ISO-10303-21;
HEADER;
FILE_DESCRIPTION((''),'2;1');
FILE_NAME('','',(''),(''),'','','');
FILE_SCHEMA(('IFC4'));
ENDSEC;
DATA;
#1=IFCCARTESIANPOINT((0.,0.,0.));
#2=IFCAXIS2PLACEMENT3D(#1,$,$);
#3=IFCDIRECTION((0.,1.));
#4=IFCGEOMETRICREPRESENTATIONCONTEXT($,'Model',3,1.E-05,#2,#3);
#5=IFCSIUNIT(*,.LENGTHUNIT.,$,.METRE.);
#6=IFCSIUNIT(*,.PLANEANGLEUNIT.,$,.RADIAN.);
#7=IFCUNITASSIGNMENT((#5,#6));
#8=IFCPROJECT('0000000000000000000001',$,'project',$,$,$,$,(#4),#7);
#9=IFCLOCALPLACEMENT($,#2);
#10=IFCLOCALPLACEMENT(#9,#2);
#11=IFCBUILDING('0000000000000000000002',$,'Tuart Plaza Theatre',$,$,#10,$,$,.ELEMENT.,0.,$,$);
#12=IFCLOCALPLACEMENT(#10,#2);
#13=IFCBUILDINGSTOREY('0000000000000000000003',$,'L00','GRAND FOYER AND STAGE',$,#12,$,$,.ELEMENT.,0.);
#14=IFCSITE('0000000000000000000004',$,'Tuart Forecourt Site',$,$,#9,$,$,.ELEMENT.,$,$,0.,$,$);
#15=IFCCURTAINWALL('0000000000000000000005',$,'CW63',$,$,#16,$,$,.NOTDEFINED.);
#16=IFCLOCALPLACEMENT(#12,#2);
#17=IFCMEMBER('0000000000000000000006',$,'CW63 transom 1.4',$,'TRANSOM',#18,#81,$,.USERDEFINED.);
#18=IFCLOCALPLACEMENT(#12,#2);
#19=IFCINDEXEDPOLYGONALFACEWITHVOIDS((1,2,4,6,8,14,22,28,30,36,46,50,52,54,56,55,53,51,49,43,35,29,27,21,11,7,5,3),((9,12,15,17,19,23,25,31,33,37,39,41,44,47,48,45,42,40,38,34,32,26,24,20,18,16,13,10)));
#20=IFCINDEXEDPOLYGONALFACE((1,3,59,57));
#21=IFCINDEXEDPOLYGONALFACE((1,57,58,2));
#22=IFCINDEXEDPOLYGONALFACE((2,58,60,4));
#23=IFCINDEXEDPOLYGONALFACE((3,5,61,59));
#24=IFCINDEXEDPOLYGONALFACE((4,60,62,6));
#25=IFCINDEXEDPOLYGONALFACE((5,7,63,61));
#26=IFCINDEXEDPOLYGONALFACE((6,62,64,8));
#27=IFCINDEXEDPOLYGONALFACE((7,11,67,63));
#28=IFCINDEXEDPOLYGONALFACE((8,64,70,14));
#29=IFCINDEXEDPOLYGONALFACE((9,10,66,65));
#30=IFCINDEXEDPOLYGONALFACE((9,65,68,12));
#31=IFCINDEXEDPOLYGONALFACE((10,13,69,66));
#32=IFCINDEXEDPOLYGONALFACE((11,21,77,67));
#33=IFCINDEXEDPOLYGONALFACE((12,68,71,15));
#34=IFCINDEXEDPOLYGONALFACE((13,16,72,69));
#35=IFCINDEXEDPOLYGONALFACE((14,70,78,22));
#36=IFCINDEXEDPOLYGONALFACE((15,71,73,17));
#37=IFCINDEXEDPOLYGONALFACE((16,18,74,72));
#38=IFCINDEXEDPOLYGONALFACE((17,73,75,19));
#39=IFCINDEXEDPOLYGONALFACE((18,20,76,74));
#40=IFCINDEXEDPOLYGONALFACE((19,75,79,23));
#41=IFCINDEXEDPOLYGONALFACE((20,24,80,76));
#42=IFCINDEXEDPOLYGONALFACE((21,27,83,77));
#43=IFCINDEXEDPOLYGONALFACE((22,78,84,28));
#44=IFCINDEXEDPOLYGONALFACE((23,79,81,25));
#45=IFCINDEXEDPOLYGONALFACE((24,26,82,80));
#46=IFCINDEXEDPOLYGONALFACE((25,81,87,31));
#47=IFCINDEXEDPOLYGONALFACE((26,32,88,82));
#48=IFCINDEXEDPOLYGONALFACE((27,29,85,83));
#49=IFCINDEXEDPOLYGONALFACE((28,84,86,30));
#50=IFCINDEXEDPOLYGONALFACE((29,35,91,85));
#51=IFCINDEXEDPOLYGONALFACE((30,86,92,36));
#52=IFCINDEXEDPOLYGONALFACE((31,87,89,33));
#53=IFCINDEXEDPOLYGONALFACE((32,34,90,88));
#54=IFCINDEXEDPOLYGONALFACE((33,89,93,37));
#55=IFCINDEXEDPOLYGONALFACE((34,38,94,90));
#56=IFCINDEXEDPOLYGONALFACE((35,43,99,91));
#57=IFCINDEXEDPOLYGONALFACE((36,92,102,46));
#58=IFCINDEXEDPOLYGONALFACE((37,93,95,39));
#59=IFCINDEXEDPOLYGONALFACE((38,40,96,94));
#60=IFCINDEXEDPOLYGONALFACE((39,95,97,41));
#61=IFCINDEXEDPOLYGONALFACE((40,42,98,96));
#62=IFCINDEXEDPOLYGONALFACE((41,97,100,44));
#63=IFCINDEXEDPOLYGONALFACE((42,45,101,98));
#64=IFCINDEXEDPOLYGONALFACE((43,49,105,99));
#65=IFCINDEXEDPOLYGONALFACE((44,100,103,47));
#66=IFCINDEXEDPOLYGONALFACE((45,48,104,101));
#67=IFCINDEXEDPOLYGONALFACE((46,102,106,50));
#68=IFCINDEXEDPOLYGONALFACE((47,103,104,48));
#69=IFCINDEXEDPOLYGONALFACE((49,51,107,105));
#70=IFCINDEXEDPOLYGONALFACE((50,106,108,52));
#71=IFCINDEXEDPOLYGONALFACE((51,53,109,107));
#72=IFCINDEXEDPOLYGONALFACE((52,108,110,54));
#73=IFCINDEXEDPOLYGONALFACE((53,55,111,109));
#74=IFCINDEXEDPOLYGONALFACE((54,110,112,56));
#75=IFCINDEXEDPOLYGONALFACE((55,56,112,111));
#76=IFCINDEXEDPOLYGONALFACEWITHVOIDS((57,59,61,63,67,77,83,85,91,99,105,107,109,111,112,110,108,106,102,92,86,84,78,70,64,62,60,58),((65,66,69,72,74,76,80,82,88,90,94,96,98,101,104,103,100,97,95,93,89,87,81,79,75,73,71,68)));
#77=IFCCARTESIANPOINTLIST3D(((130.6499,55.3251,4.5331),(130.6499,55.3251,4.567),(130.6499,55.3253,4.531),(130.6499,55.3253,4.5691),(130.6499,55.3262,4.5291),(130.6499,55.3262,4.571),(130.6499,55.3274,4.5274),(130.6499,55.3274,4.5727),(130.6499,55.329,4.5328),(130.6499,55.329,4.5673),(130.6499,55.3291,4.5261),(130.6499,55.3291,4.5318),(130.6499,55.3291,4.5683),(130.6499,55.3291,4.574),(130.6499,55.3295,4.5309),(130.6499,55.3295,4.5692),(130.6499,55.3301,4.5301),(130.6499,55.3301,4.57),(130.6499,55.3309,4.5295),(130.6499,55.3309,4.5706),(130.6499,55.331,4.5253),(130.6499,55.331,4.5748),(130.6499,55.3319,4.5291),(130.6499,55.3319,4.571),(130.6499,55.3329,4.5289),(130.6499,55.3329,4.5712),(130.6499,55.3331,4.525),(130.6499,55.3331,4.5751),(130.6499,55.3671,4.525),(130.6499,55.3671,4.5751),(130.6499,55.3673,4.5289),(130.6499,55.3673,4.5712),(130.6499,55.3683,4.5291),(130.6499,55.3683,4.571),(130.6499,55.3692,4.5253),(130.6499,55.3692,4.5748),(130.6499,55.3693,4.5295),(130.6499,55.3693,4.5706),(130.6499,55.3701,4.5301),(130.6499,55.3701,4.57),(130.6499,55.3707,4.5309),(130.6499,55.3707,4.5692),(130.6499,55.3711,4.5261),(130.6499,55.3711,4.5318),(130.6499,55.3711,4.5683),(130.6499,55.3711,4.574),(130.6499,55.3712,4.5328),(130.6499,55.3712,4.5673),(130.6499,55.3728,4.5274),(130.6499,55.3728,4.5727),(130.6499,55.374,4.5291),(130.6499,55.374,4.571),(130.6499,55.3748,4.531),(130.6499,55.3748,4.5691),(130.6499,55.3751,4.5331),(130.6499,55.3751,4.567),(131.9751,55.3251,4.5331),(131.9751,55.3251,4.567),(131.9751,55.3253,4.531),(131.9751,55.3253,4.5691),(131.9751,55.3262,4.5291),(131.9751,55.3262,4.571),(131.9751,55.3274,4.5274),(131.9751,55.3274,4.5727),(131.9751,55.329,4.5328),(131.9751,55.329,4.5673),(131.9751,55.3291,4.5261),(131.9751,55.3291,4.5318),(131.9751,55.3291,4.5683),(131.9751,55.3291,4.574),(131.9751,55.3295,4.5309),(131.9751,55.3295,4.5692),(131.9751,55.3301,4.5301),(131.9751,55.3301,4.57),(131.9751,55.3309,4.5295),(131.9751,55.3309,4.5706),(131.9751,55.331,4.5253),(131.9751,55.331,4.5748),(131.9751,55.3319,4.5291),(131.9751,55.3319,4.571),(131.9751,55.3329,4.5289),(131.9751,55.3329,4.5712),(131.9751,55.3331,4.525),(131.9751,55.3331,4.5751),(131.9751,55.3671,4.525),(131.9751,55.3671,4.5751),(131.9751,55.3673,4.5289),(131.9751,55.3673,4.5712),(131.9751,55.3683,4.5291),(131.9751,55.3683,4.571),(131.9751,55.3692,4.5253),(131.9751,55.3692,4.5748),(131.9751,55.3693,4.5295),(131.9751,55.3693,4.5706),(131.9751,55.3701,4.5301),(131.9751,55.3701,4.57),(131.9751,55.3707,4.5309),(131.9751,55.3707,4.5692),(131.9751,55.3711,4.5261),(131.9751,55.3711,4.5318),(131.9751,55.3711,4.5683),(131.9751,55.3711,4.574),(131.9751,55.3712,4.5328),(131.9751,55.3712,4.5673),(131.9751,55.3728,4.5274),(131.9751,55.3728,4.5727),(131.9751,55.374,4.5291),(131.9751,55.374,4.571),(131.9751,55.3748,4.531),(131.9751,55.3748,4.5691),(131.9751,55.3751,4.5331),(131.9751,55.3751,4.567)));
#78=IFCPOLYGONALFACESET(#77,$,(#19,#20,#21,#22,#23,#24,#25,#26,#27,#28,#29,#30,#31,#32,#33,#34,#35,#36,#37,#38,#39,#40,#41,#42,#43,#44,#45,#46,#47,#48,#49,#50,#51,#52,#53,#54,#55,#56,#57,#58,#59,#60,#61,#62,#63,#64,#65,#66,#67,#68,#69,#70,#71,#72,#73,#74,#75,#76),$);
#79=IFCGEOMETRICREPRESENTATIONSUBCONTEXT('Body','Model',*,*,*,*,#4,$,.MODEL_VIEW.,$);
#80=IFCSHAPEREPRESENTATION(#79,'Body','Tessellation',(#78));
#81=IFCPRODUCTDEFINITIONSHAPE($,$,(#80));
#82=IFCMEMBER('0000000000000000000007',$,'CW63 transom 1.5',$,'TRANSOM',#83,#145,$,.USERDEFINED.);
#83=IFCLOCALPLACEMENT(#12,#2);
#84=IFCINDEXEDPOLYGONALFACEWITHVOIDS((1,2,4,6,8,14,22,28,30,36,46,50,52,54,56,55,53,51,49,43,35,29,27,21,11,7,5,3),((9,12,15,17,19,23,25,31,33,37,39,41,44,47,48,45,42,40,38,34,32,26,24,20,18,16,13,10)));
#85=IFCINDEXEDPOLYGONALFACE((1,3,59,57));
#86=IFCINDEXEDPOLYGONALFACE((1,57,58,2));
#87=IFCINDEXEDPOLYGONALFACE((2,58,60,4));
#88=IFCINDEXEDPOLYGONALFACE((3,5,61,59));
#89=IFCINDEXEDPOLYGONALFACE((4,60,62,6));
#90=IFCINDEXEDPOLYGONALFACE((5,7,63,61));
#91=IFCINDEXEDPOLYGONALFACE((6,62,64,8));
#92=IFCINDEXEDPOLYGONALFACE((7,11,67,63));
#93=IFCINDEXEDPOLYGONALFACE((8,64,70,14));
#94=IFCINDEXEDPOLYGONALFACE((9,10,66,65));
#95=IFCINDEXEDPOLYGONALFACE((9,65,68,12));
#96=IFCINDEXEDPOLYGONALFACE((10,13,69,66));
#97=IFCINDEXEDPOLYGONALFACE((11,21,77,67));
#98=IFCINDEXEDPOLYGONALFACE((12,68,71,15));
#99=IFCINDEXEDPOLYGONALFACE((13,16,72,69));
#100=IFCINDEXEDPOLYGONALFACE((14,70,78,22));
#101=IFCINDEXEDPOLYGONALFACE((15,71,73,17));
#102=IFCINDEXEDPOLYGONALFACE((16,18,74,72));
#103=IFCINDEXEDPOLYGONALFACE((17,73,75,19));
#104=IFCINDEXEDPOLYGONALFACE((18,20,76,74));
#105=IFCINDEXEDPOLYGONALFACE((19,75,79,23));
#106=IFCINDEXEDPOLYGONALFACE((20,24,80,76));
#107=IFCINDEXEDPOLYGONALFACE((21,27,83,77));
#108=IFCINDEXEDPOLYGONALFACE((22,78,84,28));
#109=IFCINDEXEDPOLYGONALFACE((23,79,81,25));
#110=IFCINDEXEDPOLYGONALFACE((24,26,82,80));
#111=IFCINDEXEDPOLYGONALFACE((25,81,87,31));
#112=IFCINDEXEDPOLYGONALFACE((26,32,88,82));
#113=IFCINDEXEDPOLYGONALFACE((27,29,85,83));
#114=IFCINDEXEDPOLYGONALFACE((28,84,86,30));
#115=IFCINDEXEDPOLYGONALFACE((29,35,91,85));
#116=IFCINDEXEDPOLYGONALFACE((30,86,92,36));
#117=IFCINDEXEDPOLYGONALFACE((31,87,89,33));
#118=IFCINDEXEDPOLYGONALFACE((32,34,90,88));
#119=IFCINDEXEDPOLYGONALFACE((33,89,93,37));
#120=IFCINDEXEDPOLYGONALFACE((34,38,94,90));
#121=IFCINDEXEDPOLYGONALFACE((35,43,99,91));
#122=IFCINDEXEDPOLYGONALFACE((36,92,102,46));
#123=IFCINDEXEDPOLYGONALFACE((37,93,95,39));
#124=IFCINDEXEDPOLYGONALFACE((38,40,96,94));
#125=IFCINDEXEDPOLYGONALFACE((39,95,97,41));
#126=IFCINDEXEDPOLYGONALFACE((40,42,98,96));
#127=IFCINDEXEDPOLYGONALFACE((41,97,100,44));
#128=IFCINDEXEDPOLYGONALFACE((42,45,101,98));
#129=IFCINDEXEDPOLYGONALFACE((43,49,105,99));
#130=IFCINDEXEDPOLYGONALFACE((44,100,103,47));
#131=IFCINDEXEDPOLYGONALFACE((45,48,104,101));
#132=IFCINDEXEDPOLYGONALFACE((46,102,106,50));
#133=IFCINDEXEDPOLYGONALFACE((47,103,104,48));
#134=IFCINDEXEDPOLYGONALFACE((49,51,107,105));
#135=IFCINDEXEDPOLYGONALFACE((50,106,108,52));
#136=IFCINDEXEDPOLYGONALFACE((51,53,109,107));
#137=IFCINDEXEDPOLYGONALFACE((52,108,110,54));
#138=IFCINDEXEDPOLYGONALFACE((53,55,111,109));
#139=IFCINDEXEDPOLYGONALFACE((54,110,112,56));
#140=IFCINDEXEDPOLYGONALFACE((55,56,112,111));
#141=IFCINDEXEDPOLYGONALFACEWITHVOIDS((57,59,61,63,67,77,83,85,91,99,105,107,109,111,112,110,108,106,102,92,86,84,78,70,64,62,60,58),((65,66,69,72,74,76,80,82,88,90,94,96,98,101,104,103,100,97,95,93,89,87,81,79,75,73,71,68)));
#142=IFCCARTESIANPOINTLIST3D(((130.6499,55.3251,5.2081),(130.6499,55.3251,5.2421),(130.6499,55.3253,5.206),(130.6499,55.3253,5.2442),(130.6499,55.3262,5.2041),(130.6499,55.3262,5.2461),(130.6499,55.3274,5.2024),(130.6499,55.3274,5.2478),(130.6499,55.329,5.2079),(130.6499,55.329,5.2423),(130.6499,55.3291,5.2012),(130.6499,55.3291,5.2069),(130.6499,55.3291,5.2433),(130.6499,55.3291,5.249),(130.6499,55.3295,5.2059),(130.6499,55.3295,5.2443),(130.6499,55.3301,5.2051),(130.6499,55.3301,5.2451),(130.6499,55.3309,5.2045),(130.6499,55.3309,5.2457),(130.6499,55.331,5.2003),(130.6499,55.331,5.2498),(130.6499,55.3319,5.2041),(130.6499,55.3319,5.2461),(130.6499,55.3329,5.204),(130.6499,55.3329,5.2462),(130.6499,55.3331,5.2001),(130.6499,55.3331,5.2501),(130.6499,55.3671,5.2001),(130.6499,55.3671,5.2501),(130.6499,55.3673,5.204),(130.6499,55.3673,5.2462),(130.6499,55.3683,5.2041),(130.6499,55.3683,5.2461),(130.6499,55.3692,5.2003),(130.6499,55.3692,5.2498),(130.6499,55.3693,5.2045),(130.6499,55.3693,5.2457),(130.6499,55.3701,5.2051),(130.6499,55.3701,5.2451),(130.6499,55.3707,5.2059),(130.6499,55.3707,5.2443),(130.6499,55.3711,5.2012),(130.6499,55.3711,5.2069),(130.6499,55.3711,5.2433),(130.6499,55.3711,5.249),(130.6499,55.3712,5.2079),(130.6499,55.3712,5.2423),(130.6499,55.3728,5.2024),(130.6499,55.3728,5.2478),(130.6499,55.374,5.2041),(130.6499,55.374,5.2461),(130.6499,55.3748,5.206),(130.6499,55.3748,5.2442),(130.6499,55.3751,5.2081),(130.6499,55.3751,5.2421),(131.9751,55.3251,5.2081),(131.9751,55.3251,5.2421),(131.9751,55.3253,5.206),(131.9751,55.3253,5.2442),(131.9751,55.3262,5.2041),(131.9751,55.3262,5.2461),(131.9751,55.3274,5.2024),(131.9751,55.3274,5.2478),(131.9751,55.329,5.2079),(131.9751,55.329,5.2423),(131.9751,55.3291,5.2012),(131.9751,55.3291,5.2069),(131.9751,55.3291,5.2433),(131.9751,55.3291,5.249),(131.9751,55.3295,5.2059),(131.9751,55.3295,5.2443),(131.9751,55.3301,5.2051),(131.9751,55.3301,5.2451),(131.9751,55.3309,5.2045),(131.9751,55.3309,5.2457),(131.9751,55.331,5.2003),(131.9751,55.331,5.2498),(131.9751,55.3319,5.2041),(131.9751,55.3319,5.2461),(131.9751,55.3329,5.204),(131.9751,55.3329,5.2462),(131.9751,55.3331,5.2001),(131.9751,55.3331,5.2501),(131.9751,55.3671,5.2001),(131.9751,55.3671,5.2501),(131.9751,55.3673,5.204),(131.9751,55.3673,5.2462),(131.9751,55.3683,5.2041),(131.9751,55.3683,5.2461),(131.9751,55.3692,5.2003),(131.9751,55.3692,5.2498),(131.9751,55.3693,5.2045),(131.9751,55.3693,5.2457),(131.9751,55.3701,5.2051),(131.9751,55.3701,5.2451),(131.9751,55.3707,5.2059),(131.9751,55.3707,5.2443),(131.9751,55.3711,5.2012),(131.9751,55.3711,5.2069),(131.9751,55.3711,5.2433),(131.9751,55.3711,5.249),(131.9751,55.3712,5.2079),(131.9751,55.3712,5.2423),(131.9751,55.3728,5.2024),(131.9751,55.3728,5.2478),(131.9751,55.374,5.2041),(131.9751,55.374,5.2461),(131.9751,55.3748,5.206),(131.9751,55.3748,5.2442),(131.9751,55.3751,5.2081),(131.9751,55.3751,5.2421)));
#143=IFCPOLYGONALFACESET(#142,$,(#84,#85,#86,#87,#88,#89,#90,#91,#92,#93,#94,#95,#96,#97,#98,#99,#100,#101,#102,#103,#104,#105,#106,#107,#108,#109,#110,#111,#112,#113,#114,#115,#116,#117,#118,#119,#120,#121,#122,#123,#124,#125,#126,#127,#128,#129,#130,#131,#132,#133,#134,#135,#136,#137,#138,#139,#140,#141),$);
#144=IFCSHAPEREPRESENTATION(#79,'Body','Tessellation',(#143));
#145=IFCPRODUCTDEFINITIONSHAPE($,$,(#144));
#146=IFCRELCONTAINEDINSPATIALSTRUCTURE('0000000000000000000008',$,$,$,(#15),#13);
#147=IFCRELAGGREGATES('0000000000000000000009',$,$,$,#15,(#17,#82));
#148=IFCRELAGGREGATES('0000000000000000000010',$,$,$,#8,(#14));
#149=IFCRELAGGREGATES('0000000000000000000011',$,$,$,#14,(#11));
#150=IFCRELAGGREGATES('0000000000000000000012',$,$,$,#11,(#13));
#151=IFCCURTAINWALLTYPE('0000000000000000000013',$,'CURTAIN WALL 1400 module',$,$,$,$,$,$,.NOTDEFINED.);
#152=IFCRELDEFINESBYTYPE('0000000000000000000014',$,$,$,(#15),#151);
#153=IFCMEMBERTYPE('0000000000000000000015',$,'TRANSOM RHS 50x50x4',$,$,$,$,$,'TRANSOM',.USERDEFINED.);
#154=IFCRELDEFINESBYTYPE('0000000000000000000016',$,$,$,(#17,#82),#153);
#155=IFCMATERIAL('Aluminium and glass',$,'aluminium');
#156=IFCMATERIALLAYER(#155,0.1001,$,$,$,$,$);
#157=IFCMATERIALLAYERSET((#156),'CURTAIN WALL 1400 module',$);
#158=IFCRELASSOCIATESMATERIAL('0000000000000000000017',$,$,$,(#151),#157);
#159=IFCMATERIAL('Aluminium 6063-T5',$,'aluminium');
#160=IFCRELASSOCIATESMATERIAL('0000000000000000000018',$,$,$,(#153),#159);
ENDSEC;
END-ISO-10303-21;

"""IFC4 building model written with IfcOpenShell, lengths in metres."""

from ifc_helpers import new_model, si_unit, direction, frame, origin, origin_2d, place, context, subcontext, project, spatial, hollow_rectangle, extrude, material, layer, layer_set, material_profile, profile_set, type_object, element, aggregate, save


model = new_model("IFC4")

# Units and contexts
model_context = context("Model", 3, precision=1e-05, world=origin(), true_north=direction((0.0, 1.0)))
body_context = subcontext(model_context, "Body", "Model", "MODEL_VIEW")
ifc_project = project(units=[si_unit("LENGTHUNIT", "METRE"), si_unit("PLANEANGLEUNIT", "RADIAN")], contexts=[model_context])

# Site, building, storey
site_placement = place(None, origin())
site = spatial("IfcSite", under=ifc_project, at=site_placement, Name="Tuart Forecourt Site", CompositionType="ELEMENT", RefElevation=0.0)
building_placement = place(site_placement, origin())
building = spatial("IfcBuilding", under=site, at=building_placement, Name="Tuart Plaza Theatre", CompositionType="ELEMENT", ElevationOfRefHeight=0.0)
storey_placement = place(building_placement, origin())
storey = spatial("IfcBuildingStorey", under=building, at=storey_placement, Name="L00", Description="GRAND FOYER AND STAGE", CompositionType="ELEMENT", Elevation=0.0)

# Curtain wall, members
ifc_material_1 = material(Name="Aluminium and glass", Category="aluminium")
ifc_layer_1 = layer(ifc_material_1, 0.1001)
ifc_layer_set_1 = layer_set([ifc_layer_1], Name="CURTAIN WALL 1400 module")
curtain_wall_type_1 = type_object("IfcCurtainWallType", Name="CURTAIN WALL 1400 module", PredefinedType="NOTDEFINED", material=ifc_layer_set_1)
curtain_wall_1_placement = place(storey_placement, origin())
curtain_wall_1 = element("IfcCurtainWall", 1, at=curtain_wall_1_placement, inside=storey, type_object=curtain_wall_type_1, Name="CW63", PredefinedType="NOTDEFINED")
ifc_material_2 = material(Name="Aluminium 6063-T5", Category="aluminium")
ifc_material_profile_1 = material_profile(ifc_material_2, hollow_rectangle(XDim=0.05, YDim=0.05, WallThickness=0.0039, InnerFilletRadius=0.0039, OuterFilletRadius=0.0081, at=origin_2d()), Name="RHS 50x50x4")
ifc_profile_set_1 = profile_set([ifc_material_profile_1], Name="Aluminium 6063-T5")
member_type_1 = type_object("IfcMemberType", Name="TRANSOM RHS 50x50x4", ElementType="TRANSOM", PredefinedType="USERDEFINED", material=ifc_profile_set_1)
member_1_placement = place(storey_placement, frame((130.6499, 55.3501, 4.55), z_axis=(1.0, 0.0, 0.0), x_axis=(0.0, 1.0, 0.0)))
member_1 = element("IfcMember", 2, at=member_1_placement, type_object=member_type_1, Name="CW63 transom 1.4", ObjectType="TRANSOM", PredefinedType="USERDEFINED", context=body_context, shape_type="SweptSolid", body=[
    extrude(hollow_rectangle(XDim=0.05, YDim=0.05, WallThickness=0.0039, InnerFilletRadius=0.0039, OuterFilletRadius=0.0081, at=origin_2d()), origin(), (0.0, 0.0, 1.0), 1.3252),
])
member_2_placement = place(storey_placement, frame((130.6499, 55.3501, 5.2251), z_axis=(1.0, 0.0, 0.0), x_axis=(0.0, 1.0, 0.0)))
member_2 = element("IfcMember", 3, at=member_2_placement, type_object=member_type_1, Name="CW63 transom 1.5", ObjectType="TRANSOM", PredefinedType="USERDEFINED", context=body_context, shape_type="SweptSolid", body=[
    extrude(hollow_rectangle(XDim=0.05, YDim=0.05, WallThickness=0.0039, InnerFilletRadius=0.0039, OuterFilletRadius=0.0081, at=origin_2d()), origin(), (0.0, 0.0, 1.0), 1.3252),
])

aggregate(curtain_wall_1, [member_1, member_2])

save(model, "model.ifc")
